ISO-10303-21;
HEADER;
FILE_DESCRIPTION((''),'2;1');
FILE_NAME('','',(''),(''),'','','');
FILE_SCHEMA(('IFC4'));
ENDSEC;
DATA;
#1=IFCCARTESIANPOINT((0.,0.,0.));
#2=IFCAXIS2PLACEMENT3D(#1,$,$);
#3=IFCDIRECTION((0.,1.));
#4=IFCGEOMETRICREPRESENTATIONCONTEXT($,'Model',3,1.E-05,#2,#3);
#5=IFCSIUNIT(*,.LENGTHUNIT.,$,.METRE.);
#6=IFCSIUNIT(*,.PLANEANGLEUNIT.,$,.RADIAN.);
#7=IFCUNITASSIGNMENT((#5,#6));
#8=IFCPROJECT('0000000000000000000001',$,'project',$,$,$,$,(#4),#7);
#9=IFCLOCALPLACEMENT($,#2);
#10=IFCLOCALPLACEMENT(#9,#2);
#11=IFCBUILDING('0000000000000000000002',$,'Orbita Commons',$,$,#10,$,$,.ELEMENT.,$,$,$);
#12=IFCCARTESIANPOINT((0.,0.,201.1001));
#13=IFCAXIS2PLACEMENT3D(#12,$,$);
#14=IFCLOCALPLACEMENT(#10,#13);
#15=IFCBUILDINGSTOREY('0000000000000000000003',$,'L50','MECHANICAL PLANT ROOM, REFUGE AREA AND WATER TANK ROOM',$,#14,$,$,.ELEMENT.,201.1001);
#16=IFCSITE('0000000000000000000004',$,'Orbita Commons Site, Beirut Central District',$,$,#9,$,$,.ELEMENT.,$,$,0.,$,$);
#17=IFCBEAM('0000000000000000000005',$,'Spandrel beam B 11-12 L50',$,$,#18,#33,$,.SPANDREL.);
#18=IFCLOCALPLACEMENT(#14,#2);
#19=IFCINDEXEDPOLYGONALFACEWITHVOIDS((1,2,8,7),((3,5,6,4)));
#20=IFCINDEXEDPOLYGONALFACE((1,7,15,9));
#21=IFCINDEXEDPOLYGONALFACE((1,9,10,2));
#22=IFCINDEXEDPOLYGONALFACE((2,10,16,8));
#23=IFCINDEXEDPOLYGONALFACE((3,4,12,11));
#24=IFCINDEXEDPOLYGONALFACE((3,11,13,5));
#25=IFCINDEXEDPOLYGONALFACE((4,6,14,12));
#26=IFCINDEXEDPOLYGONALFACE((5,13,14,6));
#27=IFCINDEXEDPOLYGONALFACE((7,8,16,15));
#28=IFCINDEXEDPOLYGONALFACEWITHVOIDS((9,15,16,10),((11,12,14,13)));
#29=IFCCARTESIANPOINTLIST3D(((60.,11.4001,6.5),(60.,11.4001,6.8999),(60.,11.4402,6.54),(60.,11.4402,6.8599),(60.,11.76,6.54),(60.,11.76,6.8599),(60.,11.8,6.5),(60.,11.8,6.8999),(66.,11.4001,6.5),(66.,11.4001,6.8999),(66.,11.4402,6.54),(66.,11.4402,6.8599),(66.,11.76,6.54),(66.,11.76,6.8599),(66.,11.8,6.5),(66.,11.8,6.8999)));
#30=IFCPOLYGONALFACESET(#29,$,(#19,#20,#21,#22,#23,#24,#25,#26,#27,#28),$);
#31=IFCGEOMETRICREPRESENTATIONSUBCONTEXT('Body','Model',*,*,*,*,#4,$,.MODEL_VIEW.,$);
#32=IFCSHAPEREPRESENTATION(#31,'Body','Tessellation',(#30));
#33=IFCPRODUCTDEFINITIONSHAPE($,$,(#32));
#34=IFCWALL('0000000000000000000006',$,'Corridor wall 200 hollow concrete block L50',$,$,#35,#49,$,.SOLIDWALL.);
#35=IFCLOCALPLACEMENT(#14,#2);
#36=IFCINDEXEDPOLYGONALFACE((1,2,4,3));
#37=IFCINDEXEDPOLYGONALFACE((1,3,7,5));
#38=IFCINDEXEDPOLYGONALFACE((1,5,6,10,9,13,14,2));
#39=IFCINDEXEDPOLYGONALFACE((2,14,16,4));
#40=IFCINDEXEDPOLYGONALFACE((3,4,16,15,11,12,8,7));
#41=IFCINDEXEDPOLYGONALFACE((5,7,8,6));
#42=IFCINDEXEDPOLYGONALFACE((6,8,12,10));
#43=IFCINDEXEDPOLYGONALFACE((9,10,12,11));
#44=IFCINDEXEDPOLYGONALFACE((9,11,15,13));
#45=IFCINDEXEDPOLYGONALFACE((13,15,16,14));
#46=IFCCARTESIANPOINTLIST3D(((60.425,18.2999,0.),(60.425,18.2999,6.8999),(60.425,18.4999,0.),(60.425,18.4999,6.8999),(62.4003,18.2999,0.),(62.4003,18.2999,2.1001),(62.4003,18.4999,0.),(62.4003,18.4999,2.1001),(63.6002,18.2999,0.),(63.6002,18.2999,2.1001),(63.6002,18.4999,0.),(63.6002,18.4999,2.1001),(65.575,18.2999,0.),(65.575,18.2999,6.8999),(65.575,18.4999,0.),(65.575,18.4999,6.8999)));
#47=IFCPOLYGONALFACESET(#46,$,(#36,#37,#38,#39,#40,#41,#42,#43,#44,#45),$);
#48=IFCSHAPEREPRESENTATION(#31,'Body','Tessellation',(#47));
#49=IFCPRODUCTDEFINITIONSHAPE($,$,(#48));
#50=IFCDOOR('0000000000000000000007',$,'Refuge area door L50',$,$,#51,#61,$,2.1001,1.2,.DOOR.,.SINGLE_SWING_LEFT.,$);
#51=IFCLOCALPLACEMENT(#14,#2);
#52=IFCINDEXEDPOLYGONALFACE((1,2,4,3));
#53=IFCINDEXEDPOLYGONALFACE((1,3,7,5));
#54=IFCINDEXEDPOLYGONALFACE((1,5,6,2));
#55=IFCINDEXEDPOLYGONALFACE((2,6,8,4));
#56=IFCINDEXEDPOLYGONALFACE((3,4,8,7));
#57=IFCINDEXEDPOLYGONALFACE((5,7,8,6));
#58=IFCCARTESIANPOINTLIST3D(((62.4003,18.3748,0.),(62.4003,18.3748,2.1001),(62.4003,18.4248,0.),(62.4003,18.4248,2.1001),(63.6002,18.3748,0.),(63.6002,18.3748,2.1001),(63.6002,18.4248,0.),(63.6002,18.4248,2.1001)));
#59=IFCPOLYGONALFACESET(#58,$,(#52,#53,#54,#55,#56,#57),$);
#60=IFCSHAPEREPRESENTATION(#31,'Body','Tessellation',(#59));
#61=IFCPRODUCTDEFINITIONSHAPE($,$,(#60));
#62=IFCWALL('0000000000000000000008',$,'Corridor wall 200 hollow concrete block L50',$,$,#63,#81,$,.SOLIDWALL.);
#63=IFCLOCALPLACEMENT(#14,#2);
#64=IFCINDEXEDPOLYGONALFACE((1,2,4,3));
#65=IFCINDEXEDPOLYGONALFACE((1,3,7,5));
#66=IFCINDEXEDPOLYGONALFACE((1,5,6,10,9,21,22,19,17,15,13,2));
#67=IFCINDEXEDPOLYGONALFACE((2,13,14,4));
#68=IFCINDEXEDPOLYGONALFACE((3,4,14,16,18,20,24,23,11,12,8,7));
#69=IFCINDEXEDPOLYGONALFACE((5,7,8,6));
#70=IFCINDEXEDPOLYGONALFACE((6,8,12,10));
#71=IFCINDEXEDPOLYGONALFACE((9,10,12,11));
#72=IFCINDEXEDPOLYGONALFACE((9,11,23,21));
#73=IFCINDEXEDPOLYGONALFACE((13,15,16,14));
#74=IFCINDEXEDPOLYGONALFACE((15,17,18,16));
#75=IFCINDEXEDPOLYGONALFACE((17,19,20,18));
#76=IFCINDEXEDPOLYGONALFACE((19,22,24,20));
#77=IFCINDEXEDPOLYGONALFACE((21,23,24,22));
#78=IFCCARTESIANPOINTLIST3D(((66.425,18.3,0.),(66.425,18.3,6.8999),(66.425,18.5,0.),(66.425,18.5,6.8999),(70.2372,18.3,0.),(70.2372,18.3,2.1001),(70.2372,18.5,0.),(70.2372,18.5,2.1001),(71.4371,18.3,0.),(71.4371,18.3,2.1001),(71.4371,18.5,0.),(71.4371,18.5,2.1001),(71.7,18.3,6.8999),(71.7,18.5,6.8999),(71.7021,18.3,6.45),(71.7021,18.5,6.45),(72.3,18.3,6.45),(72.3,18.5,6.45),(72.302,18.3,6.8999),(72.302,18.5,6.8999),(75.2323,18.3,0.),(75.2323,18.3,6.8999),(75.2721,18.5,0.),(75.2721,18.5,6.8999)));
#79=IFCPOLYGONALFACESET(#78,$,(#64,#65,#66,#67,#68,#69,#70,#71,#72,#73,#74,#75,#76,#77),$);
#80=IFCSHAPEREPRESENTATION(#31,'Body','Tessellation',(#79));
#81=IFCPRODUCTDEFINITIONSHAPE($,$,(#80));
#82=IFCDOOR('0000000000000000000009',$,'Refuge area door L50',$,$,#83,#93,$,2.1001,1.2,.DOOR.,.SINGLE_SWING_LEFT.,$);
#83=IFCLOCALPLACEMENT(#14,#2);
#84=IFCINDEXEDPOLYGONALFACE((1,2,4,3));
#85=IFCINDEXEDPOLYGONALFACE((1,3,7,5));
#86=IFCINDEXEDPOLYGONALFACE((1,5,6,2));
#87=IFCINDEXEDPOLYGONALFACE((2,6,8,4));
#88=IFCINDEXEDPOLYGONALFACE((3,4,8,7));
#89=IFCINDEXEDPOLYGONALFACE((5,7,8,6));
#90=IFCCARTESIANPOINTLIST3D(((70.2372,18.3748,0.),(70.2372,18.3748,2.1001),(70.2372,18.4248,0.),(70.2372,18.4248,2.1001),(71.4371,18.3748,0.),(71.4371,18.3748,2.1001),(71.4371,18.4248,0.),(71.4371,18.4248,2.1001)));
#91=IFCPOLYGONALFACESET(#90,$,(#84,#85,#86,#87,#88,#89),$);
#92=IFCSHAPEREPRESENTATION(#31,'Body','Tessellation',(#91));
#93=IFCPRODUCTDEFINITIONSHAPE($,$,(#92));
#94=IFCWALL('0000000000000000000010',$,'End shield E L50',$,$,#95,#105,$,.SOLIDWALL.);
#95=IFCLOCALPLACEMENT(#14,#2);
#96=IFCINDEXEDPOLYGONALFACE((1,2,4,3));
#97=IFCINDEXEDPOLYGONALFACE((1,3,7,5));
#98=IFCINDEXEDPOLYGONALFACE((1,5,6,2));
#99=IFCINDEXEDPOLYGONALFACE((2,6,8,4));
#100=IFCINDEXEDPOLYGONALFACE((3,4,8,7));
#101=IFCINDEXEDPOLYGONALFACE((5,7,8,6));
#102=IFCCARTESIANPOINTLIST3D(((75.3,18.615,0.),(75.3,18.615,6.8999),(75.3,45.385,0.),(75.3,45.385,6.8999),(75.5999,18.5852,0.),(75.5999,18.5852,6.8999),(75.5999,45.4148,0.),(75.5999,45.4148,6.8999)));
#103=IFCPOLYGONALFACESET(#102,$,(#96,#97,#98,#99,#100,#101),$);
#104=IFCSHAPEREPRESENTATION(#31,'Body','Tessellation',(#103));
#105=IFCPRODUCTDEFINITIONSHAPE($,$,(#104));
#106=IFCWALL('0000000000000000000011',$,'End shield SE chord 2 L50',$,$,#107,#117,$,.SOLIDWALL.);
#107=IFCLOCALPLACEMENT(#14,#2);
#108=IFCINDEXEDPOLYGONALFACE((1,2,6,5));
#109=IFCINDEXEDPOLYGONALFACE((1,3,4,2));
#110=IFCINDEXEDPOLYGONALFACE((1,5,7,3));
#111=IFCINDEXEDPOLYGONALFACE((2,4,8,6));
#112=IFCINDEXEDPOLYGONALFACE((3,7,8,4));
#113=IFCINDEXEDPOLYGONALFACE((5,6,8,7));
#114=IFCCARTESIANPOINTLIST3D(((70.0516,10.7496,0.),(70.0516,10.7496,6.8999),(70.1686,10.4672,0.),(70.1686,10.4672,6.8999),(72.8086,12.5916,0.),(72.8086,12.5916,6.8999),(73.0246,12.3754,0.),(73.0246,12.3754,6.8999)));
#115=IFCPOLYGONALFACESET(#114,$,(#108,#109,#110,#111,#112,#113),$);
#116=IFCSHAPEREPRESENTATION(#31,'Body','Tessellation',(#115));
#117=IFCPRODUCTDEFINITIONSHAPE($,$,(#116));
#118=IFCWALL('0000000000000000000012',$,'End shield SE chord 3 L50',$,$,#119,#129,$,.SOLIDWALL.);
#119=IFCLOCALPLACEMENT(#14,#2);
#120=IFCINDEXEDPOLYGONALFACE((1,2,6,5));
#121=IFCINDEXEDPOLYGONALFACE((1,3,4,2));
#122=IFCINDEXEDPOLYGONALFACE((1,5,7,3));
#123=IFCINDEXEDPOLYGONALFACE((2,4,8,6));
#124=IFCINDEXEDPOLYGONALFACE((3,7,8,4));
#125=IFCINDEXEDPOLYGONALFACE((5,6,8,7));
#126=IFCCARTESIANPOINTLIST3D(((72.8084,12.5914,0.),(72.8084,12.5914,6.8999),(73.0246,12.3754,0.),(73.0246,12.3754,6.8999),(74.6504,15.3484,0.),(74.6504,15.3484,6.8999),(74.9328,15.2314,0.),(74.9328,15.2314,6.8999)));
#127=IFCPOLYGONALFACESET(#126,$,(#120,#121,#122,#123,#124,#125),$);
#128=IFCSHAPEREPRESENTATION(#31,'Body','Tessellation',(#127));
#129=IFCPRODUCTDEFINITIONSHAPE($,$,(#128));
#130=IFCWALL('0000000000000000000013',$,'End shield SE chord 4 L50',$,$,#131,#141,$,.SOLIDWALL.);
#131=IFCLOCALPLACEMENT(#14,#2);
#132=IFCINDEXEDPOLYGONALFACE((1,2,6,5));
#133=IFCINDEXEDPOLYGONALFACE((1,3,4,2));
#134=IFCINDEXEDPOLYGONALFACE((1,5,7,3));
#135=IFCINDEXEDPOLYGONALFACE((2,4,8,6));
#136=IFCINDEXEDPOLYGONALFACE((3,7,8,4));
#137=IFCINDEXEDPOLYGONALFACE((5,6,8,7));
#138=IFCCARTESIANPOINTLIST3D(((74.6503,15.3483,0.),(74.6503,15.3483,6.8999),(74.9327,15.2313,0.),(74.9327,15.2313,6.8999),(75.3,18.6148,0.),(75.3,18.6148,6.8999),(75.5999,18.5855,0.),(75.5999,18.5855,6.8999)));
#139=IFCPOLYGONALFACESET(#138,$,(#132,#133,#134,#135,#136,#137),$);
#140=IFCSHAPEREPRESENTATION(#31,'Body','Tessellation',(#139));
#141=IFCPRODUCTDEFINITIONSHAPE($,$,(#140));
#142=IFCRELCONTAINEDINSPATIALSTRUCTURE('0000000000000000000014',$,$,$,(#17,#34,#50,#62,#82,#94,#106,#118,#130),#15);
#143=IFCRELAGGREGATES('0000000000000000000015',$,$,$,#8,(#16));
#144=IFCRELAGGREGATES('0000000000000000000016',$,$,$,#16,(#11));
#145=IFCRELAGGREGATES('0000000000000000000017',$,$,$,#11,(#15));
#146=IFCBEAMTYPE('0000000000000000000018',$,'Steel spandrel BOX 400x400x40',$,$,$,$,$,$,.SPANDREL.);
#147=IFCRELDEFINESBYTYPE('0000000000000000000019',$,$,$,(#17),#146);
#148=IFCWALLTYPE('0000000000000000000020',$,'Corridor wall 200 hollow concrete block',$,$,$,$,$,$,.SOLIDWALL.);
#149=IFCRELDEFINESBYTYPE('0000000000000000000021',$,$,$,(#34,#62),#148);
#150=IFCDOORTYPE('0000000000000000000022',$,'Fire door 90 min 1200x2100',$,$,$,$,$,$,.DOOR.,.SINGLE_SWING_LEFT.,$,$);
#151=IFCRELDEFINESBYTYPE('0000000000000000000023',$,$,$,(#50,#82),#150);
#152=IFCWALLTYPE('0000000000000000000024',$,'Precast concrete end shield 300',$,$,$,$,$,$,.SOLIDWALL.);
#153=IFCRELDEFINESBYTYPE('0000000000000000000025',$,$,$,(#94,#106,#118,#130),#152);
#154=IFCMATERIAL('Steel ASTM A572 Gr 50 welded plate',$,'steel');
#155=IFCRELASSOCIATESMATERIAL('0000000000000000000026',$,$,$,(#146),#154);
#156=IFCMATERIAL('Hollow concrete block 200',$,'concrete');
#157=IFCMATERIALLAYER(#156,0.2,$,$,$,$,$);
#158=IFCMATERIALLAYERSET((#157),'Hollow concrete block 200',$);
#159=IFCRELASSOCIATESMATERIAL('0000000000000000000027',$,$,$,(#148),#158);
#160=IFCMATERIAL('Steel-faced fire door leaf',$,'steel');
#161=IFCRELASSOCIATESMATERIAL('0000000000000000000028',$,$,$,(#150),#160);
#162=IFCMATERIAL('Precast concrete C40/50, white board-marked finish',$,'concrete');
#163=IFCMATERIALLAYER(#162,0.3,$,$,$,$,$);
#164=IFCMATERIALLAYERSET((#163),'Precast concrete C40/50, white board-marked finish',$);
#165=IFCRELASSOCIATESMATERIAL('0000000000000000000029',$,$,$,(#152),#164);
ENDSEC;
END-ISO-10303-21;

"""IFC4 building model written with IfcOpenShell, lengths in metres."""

from ifc_helpers import new_model, si_unit, direction, frame, frame_2d, origin, origin_2d, place, context, subcontext, project, spatial, polyline, rectangle, hollow_rectangle, outline, extrude, clip, halfspace, material, layer, layer_set, material_profile, profile_set, type_object, element, fill, save


model = new_model("IFC4")

# Units and contexts
model_context = context("Model", 3, precision=1e-05, world=origin(), true_north=direction((0.0, 1.0)))
body_context = subcontext(model_context, "Body", "Model", "MODEL_VIEW")
ifc_project = project(units=[si_unit("LENGTHUNIT", "METRE"), si_unit("PLANEANGLEUNIT", "RADIAN")], contexts=[model_context])

# Site, building, storey
site_placement = place(None, origin())
site = spatial("IfcSite", under=ifc_project, at=site_placement, Name="Orbita Commons Site, Beirut Central District", CompositionType="ELEMENT", RefElevation=0.0)
building_placement = place(site_placement, origin())
building = spatial("IfcBuilding", under=site, at=building_placement, Name="Orbita Commons", CompositionType="ELEMENT")
storey_placement = place(building_placement, frame((0.0, 0.0, 201.1001)))
storey = spatial("IfcBuildingStorey", under=building, at=storey_placement, Name="L50", Description="MECHANICAL PLANT ROOM, REFUGE AREA AND WATER TANK ROOM", CompositionType="ELEMENT", Elevation=201.1001)

# Beam
ifc_material_1 = material(Name="Steel ASTM A572 Gr 50 welded plate", Category="steel")
ifc_material_profile_1 = material_profile(ifc_material_1, hollow_rectangle(XDim=0.3999, YDim=0.3999, WallThickness=0.04, at=origin_2d()), Name="BOX 400x400x40")
ifc_profile_set_1 = profile_set([ifc_material_profile_1], Name="Steel ASTM A572 Gr 50 welded plate")
beam_type_1 = type_object("IfcBeamType", Name="Steel spandrel BOX 400x400x40", PredefinedType="SPANDREL", material=ifc_profile_set_1)
beam_1_placement = place(storey_placement, frame((60.0, 11.6001, 6.7), z_axis=(1.0, 0.0, 0.0), x_axis=(0.0, 1.0, 0.0)))
element("IfcBeam", 1, at=beam_1_placement, inside=storey, type_object=beam_type_1, Name="Spandrel beam B 11-12 L50", PredefinedType="SPANDREL", context=body_context, shape_type="SweptSolid", body=[
    extrude(hollow_rectangle(XDim=0.3999, YDim=0.3999, WallThickness=0.04, at=origin_2d()), origin(), (0.0, 0.0, 1.0), 6.0),
])

# Walls, openings, doors
ifc_material_2 = material(Name="Hollow concrete block 200", Category="concrete")
ifc_layer_1 = layer(ifc_material_2, 0.2)
ifc_layer_set_1 = layer_set([ifc_layer_1], Name="Hollow concrete block 200")
wall_type_1 = type_object("IfcWallType", Name="Corridor wall 200 hollow concrete block", PredefinedType="SOLIDWALL", material=ifc_layer_set_1)
wall_1_placement = place(storey_placement, frame((60.425, 18.3999, 0.0), z_axis=(0.0, 0.0, 1.0), x_axis=(1.0, 0.0, 0.0)))
wall_1 = element("IfcWall", 2, at=wall_1_placement, inside=storey, type_object=wall_type_1, Name="Corridor wall 200 hollow concrete block L50", PredefinedType="SOLIDWALL", context=body_context, shape_type="SweptSolid", body=[
    extrude(rectangle(XDim=5.1499, YDim=0.2, at=frame_2d((2.575, 0.0))), origin(), (0.0, 0.0, 1.0), 6.8999),
])
opening_1_placement = place(wall_1_placement, frame((1.9751, 0.0, 0.0)))
opening_1 = element("IfcOpeningElement", 3, at=opening_1_placement, cuts=wall_1, PredefinedType="OPENING", context=body_context, shape_type="SweptSolid", body=[
    extrude(rectangle(XDim=1.2, YDim=2.1001, at=frame_2d((0.6001, 1.05))), frame((0.0, 0.1099, 0.0), z_axis=(0.0, -1.0, 0.0), x_axis=(1.0, 0.0, 0.0)), (0.0, 0.0, 1.0), 0.22),
])
ifc_material_3 = material(Name="Steel-faced fire door leaf", Category="steel")
door_type = type_object("IfcDoorType", Name="Fire door 90 min 1200x2100", OperationType="SINGLE_SWING_LEFT", PredefinedType="DOOR", material=ifc_material_3)
door_1_placement = place(opening_1_placement, origin())
door_1 = element("IfcDoor", 4, at=door_1_placement, inside=storey, type_object=door_type, Name="Refuge area door L50", OperationType="SINGLE_SWING_LEFT", OverallHeight=2.1001, OverallWidth=1.2, PredefinedType="DOOR", context=body_context, shape_type="SweptSolid", body=[
    extrude(rectangle(XDim=1.2, YDim=2.1001, at=frame_2d((0.6001, 1.05))), frame((0.0, 0.0249, 0.0), z_axis=(0.0, -1.0, 0.0), x_axis=(1.0, 0.0, 0.0)), (0.0, 0.0, 1.0), 0.05),
])
fill(opening_1, door_1)
wall_2_placement = place(storey_placement, frame((66.425, 18.3999, 0.0), z_axis=(0.0, 0.0, 1.0), x_axis=(1.0, 0.0, 0.0)))
wall_2 = element("IfcWall", 5, at=wall_2_placement, inside=storey, type_object=wall_type_1, Name="Corridor wall 200 hollow concrete block L50", PredefinedType="SOLIDWALL", context=body_context, shape_type="Clipping", body=[
    clip(clip(extrude(outline(polyline([(-0.0298, 0.0), (8.8569, 0.0), (8.8569, 6.8999), (5.877, 6.8999), (5.875, 6.45), (5.2771, 6.45), (5.2749, 6.8999), (-0.0298, 6.8999), (-0.0298, 0.0)])), frame((0.0, 0.1001, 0.0), z_axis=(0.0, -1.0, 0.0), x_axis=(1.0, 0.0, 0.0)), (0.0, 0.0, 1.0), 0.2), halfspace(frame((0.0, 0.0, 0.0), z_axis=(-1.0, 0.0, 0.0)), False)), halfspace(frame((8.8271, 0.0, 0.0), z_axis=(0.980788, -0.195079, 0.0)), False)),
])
opening_2_placement = place(wall_2_placement, frame((3.812, 0.0, 0.0)))
opening_2 = element("IfcOpeningElement", 6, at=opening_2_placement, cuts=wall_2, PredefinedType="OPENING", context=body_context, shape_type="SweptSolid", body=[
    extrude(rectangle(XDim=1.2, YDim=2.1001, at=frame_2d((0.6001, 1.05))), frame((0.0, 0.1099, 0.0), z_axis=(0.0, -1.0, 0.0), x_axis=(1.0, 0.0, 0.0)), (0.0, 0.0, 1.0), 0.22),
])
door_2_placement = place(opening_2_placement, origin())
door_2 = element("IfcDoor", 7, at=door_2_placement, inside=storey, type_object=door_type, Name="Refuge area door L50", OperationType="SINGLE_SWING_LEFT", OverallHeight=2.1001, OverallWidth=1.2, PredefinedType="DOOR", context=body_context, shape_type="SweptSolid", body=[
    extrude(rectangle(XDim=1.2, YDim=2.1001, at=frame_2d((0.6001, 1.05))), frame((0.0, 0.0249, 0.0), z_axis=(0.0, -1.0, 0.0), x_axis=(1.0, 0.0, 0.0)), (0.0, 0.0, 1.0), 0.05),
])
fill(opening_2, door_2)

# Walls
ifc_material_4 = material(Name="Precast concrete C40/50, white board-marked finish", Category="concrete")
ifc_layer_2 = layer(ifc_material_4, 0.3)
ifc_layer_set_2 = layer_set([ifc_layer_2], Name="Precast concrete C40/50, white board-marked finish")
wall_type_2 = type_object("IfcWallType", Name="Precast concrete end shield 300", PredefinedType="SOLIDWALL", material=ifc_layer_set_2)
wall_3_placement = place(storey_placement, frame((75.45, 18.6001, 0.0), z_axis=(0.0, 0.0, 1.0), x_axis=(0.0, 1.0, 0.0)))
element("IfcWall", 8, at=wall_3_placement, inside=storey, type_object=wall_type_2, Name="End shield E L50", PredefinedType="SOLIDWALL", context=body_context, shape_type="SweptSolid", body=[
    extrude(outline(polyline([(-0.0149, -0.1499), (26.8147, -0.1499), (26.7849, 0.1499), (0.0149, 0.1499), (-0.0149, -0.1499)])), origin(), (0.0, 0.0, 1.0), 6.8999),
])
for number, where, z_axis, x_axis, name in (
    (9, (70.1101, 10.6084, 0.0), (0.0, 0.0, 1.0), (0.831493, 0.555535, 0.0), "End shield SE chord 2 L50"),
    (10, (72.9165, 12.4834, 0.0), (0.0, 0.0, 1.0), (0.555535, 0.831493, 0.0), "End shield SE chord 3 L50"),
):
    element("IfcWall", number, at=place(storey_placement, frame(where, z_axis=z_axis, x_axis=x_axis)), inside=storey, type_object=wall_type_2, Name=name, PredefinedType="SOLIDWALL", context=body_context, shape_type="SweptSolid", body=[
        extrude(outline(polyline([(-0.0298, -0.1499), (3.405, -0.1499), (3.3455, 0.1499), (0.0298, 0.1499), (-0.0298, -0.1499)])), origin(), (0.0, 0.0, 1.0), 6.8999),
    ])
wall_4_placement = place(storey_placement, frame((74.7915, 15.2898, 0.0), z_axis=(0.0, 0.0, 1.0), x_axis=(0.195087, 0.980786, 0.0)))
element("IfcWall", 11, at=wall_4_placement, inside=storey, type_object=wall_type_2, Name="End shield SE chord 4 L50", PredefinedType="SOLIDWALL", context=body_context, shape_type="SweptSolid", body=[
    extrude(outline(polyline([(-0.0298, -0.1499), (3.3901, -0.1499), (3.3604, 0.1499), (0.0298, 0.1499), (-0.0298, -0.1499)])), origin(), (0.0, 0.0, 1.0), 6.8999),
])

save(model, "model.ifc")
